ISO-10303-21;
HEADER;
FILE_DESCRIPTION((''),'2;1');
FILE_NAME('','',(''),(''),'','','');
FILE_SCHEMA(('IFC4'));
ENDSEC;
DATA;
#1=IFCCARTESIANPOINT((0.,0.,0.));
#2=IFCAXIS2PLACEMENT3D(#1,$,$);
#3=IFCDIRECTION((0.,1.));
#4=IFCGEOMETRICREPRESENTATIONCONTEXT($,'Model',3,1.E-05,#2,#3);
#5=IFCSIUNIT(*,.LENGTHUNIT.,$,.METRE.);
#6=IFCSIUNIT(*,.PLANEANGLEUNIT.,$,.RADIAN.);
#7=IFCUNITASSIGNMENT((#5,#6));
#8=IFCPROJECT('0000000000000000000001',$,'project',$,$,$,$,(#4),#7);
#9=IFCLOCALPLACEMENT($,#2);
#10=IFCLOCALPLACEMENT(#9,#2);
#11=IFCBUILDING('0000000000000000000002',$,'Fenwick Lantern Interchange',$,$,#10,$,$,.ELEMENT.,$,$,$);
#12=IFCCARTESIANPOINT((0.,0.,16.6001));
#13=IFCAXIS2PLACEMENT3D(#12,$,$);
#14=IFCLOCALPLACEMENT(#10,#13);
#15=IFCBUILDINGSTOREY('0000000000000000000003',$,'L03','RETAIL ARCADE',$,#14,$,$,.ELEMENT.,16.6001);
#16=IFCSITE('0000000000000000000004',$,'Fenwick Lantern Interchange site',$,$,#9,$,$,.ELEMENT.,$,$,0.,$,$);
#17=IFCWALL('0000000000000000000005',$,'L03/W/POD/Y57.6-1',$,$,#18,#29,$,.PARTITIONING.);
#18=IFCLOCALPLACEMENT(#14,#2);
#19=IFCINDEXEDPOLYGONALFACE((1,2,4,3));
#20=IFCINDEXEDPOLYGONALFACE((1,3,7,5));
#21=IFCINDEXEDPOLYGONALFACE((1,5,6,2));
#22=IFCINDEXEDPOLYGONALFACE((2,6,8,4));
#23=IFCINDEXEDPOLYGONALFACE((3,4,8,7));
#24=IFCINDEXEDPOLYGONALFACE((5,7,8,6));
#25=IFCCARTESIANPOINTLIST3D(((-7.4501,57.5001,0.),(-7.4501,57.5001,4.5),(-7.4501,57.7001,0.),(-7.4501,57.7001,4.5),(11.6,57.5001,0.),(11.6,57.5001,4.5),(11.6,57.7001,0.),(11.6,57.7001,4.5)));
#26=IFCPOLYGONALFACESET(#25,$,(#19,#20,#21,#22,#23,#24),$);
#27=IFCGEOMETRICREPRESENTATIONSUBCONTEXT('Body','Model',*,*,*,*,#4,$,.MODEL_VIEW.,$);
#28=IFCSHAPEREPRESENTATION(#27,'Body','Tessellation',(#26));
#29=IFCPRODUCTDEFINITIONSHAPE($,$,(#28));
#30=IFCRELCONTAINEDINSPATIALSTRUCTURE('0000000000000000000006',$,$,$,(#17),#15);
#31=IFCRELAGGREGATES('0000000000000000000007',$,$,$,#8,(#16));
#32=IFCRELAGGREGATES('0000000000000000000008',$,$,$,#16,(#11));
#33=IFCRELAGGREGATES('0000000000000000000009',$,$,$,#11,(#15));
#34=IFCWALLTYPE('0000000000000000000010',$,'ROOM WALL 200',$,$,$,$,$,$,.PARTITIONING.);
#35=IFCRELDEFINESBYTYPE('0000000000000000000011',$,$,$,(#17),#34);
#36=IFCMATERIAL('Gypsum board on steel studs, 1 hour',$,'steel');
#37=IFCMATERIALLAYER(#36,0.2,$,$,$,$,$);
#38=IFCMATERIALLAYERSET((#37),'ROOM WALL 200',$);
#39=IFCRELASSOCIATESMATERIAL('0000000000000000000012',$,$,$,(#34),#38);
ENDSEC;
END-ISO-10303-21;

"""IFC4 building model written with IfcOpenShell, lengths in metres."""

from ifc_helpers import new_model, si_unit, direction, frame, frame_2d, origin, place, context, subcontext, project, spatial, rectangle, extrude, material, layer, layer_set, type_object, element, save


model = new_model("IFC4")

# Units and contexts
model_context = context("Model", 3, precision=1e-05, world=origin(), true_north=direction((0.0, 1.0)))
body_context = subcontext(model_context, "Body", "Model", "MODEL_VIEW")
ifc_project = project(units=[si_unit("LENGTHUNIT", "METRE"), si_unit("PLANEANGLEUNIT", "RADIAN")], contexts=[model_context])

# Site, building, storey
site_placement = place(None, origin())
site = spatial("IfcSite", under=ifc_project, at=site_placement, Name="Fenwick Lantern Interchange site", CompositionType="ELEMENT", RefElevation=0.0)
building_placement = place(site_placement, origin())
building = spatial("IfcBuilding", under=site, at=building_placement, Name="Fenwick Lantern Interchange", CompositionType="ELEMENT")
storey_placement = place(building_placement, frame((0.0, 0.0, 16.6001)))
storey = spatial("IfcBuildingStorey", under=building, at=storey_placement, Name="L03", Description="RETAIL ARCADE", CompositionType="ELEMENT", Elevation=16.6001)

# Wall
ifc_material_1 = material(Name="Gypsum board on steel studs, 1 hour", Category="steel")
ifc_layer_1 = layer(ifc_material_1, 0.2)
ifc_layer_set_1 = layer_set([ifc_layer_1], Name="ROOM WALL 200")
wall_type_1 = type_object("IfcWallType", Name="ROOM WALL 200", PredefinedType="PARTITIONING", material=ifc_layer_set_1)
wall_1_placement = place(storey_placement, frame((-7.45, 57.6001, 0.0), z_axis=(0.0, 0.0, 1.0), x_axis=(1.0, 0.0, 0.0)))
element("IfcWall", 1, at=wall_1_placement, inside=storey, type_object=wall_type_1, Name="L03/W/POD/Y57.6-1", PredefinedType="PARTITIONING", context=body_context, shape_type="SweptSolid", body=[
    extrude(rectangle(XDim=19.05, YDim=0.2, at=frame_2d((9.5249, 0.0))), origin(), (0.0, 0.0, 1.0), 4.5),
])

save(model, "model.ifc")
